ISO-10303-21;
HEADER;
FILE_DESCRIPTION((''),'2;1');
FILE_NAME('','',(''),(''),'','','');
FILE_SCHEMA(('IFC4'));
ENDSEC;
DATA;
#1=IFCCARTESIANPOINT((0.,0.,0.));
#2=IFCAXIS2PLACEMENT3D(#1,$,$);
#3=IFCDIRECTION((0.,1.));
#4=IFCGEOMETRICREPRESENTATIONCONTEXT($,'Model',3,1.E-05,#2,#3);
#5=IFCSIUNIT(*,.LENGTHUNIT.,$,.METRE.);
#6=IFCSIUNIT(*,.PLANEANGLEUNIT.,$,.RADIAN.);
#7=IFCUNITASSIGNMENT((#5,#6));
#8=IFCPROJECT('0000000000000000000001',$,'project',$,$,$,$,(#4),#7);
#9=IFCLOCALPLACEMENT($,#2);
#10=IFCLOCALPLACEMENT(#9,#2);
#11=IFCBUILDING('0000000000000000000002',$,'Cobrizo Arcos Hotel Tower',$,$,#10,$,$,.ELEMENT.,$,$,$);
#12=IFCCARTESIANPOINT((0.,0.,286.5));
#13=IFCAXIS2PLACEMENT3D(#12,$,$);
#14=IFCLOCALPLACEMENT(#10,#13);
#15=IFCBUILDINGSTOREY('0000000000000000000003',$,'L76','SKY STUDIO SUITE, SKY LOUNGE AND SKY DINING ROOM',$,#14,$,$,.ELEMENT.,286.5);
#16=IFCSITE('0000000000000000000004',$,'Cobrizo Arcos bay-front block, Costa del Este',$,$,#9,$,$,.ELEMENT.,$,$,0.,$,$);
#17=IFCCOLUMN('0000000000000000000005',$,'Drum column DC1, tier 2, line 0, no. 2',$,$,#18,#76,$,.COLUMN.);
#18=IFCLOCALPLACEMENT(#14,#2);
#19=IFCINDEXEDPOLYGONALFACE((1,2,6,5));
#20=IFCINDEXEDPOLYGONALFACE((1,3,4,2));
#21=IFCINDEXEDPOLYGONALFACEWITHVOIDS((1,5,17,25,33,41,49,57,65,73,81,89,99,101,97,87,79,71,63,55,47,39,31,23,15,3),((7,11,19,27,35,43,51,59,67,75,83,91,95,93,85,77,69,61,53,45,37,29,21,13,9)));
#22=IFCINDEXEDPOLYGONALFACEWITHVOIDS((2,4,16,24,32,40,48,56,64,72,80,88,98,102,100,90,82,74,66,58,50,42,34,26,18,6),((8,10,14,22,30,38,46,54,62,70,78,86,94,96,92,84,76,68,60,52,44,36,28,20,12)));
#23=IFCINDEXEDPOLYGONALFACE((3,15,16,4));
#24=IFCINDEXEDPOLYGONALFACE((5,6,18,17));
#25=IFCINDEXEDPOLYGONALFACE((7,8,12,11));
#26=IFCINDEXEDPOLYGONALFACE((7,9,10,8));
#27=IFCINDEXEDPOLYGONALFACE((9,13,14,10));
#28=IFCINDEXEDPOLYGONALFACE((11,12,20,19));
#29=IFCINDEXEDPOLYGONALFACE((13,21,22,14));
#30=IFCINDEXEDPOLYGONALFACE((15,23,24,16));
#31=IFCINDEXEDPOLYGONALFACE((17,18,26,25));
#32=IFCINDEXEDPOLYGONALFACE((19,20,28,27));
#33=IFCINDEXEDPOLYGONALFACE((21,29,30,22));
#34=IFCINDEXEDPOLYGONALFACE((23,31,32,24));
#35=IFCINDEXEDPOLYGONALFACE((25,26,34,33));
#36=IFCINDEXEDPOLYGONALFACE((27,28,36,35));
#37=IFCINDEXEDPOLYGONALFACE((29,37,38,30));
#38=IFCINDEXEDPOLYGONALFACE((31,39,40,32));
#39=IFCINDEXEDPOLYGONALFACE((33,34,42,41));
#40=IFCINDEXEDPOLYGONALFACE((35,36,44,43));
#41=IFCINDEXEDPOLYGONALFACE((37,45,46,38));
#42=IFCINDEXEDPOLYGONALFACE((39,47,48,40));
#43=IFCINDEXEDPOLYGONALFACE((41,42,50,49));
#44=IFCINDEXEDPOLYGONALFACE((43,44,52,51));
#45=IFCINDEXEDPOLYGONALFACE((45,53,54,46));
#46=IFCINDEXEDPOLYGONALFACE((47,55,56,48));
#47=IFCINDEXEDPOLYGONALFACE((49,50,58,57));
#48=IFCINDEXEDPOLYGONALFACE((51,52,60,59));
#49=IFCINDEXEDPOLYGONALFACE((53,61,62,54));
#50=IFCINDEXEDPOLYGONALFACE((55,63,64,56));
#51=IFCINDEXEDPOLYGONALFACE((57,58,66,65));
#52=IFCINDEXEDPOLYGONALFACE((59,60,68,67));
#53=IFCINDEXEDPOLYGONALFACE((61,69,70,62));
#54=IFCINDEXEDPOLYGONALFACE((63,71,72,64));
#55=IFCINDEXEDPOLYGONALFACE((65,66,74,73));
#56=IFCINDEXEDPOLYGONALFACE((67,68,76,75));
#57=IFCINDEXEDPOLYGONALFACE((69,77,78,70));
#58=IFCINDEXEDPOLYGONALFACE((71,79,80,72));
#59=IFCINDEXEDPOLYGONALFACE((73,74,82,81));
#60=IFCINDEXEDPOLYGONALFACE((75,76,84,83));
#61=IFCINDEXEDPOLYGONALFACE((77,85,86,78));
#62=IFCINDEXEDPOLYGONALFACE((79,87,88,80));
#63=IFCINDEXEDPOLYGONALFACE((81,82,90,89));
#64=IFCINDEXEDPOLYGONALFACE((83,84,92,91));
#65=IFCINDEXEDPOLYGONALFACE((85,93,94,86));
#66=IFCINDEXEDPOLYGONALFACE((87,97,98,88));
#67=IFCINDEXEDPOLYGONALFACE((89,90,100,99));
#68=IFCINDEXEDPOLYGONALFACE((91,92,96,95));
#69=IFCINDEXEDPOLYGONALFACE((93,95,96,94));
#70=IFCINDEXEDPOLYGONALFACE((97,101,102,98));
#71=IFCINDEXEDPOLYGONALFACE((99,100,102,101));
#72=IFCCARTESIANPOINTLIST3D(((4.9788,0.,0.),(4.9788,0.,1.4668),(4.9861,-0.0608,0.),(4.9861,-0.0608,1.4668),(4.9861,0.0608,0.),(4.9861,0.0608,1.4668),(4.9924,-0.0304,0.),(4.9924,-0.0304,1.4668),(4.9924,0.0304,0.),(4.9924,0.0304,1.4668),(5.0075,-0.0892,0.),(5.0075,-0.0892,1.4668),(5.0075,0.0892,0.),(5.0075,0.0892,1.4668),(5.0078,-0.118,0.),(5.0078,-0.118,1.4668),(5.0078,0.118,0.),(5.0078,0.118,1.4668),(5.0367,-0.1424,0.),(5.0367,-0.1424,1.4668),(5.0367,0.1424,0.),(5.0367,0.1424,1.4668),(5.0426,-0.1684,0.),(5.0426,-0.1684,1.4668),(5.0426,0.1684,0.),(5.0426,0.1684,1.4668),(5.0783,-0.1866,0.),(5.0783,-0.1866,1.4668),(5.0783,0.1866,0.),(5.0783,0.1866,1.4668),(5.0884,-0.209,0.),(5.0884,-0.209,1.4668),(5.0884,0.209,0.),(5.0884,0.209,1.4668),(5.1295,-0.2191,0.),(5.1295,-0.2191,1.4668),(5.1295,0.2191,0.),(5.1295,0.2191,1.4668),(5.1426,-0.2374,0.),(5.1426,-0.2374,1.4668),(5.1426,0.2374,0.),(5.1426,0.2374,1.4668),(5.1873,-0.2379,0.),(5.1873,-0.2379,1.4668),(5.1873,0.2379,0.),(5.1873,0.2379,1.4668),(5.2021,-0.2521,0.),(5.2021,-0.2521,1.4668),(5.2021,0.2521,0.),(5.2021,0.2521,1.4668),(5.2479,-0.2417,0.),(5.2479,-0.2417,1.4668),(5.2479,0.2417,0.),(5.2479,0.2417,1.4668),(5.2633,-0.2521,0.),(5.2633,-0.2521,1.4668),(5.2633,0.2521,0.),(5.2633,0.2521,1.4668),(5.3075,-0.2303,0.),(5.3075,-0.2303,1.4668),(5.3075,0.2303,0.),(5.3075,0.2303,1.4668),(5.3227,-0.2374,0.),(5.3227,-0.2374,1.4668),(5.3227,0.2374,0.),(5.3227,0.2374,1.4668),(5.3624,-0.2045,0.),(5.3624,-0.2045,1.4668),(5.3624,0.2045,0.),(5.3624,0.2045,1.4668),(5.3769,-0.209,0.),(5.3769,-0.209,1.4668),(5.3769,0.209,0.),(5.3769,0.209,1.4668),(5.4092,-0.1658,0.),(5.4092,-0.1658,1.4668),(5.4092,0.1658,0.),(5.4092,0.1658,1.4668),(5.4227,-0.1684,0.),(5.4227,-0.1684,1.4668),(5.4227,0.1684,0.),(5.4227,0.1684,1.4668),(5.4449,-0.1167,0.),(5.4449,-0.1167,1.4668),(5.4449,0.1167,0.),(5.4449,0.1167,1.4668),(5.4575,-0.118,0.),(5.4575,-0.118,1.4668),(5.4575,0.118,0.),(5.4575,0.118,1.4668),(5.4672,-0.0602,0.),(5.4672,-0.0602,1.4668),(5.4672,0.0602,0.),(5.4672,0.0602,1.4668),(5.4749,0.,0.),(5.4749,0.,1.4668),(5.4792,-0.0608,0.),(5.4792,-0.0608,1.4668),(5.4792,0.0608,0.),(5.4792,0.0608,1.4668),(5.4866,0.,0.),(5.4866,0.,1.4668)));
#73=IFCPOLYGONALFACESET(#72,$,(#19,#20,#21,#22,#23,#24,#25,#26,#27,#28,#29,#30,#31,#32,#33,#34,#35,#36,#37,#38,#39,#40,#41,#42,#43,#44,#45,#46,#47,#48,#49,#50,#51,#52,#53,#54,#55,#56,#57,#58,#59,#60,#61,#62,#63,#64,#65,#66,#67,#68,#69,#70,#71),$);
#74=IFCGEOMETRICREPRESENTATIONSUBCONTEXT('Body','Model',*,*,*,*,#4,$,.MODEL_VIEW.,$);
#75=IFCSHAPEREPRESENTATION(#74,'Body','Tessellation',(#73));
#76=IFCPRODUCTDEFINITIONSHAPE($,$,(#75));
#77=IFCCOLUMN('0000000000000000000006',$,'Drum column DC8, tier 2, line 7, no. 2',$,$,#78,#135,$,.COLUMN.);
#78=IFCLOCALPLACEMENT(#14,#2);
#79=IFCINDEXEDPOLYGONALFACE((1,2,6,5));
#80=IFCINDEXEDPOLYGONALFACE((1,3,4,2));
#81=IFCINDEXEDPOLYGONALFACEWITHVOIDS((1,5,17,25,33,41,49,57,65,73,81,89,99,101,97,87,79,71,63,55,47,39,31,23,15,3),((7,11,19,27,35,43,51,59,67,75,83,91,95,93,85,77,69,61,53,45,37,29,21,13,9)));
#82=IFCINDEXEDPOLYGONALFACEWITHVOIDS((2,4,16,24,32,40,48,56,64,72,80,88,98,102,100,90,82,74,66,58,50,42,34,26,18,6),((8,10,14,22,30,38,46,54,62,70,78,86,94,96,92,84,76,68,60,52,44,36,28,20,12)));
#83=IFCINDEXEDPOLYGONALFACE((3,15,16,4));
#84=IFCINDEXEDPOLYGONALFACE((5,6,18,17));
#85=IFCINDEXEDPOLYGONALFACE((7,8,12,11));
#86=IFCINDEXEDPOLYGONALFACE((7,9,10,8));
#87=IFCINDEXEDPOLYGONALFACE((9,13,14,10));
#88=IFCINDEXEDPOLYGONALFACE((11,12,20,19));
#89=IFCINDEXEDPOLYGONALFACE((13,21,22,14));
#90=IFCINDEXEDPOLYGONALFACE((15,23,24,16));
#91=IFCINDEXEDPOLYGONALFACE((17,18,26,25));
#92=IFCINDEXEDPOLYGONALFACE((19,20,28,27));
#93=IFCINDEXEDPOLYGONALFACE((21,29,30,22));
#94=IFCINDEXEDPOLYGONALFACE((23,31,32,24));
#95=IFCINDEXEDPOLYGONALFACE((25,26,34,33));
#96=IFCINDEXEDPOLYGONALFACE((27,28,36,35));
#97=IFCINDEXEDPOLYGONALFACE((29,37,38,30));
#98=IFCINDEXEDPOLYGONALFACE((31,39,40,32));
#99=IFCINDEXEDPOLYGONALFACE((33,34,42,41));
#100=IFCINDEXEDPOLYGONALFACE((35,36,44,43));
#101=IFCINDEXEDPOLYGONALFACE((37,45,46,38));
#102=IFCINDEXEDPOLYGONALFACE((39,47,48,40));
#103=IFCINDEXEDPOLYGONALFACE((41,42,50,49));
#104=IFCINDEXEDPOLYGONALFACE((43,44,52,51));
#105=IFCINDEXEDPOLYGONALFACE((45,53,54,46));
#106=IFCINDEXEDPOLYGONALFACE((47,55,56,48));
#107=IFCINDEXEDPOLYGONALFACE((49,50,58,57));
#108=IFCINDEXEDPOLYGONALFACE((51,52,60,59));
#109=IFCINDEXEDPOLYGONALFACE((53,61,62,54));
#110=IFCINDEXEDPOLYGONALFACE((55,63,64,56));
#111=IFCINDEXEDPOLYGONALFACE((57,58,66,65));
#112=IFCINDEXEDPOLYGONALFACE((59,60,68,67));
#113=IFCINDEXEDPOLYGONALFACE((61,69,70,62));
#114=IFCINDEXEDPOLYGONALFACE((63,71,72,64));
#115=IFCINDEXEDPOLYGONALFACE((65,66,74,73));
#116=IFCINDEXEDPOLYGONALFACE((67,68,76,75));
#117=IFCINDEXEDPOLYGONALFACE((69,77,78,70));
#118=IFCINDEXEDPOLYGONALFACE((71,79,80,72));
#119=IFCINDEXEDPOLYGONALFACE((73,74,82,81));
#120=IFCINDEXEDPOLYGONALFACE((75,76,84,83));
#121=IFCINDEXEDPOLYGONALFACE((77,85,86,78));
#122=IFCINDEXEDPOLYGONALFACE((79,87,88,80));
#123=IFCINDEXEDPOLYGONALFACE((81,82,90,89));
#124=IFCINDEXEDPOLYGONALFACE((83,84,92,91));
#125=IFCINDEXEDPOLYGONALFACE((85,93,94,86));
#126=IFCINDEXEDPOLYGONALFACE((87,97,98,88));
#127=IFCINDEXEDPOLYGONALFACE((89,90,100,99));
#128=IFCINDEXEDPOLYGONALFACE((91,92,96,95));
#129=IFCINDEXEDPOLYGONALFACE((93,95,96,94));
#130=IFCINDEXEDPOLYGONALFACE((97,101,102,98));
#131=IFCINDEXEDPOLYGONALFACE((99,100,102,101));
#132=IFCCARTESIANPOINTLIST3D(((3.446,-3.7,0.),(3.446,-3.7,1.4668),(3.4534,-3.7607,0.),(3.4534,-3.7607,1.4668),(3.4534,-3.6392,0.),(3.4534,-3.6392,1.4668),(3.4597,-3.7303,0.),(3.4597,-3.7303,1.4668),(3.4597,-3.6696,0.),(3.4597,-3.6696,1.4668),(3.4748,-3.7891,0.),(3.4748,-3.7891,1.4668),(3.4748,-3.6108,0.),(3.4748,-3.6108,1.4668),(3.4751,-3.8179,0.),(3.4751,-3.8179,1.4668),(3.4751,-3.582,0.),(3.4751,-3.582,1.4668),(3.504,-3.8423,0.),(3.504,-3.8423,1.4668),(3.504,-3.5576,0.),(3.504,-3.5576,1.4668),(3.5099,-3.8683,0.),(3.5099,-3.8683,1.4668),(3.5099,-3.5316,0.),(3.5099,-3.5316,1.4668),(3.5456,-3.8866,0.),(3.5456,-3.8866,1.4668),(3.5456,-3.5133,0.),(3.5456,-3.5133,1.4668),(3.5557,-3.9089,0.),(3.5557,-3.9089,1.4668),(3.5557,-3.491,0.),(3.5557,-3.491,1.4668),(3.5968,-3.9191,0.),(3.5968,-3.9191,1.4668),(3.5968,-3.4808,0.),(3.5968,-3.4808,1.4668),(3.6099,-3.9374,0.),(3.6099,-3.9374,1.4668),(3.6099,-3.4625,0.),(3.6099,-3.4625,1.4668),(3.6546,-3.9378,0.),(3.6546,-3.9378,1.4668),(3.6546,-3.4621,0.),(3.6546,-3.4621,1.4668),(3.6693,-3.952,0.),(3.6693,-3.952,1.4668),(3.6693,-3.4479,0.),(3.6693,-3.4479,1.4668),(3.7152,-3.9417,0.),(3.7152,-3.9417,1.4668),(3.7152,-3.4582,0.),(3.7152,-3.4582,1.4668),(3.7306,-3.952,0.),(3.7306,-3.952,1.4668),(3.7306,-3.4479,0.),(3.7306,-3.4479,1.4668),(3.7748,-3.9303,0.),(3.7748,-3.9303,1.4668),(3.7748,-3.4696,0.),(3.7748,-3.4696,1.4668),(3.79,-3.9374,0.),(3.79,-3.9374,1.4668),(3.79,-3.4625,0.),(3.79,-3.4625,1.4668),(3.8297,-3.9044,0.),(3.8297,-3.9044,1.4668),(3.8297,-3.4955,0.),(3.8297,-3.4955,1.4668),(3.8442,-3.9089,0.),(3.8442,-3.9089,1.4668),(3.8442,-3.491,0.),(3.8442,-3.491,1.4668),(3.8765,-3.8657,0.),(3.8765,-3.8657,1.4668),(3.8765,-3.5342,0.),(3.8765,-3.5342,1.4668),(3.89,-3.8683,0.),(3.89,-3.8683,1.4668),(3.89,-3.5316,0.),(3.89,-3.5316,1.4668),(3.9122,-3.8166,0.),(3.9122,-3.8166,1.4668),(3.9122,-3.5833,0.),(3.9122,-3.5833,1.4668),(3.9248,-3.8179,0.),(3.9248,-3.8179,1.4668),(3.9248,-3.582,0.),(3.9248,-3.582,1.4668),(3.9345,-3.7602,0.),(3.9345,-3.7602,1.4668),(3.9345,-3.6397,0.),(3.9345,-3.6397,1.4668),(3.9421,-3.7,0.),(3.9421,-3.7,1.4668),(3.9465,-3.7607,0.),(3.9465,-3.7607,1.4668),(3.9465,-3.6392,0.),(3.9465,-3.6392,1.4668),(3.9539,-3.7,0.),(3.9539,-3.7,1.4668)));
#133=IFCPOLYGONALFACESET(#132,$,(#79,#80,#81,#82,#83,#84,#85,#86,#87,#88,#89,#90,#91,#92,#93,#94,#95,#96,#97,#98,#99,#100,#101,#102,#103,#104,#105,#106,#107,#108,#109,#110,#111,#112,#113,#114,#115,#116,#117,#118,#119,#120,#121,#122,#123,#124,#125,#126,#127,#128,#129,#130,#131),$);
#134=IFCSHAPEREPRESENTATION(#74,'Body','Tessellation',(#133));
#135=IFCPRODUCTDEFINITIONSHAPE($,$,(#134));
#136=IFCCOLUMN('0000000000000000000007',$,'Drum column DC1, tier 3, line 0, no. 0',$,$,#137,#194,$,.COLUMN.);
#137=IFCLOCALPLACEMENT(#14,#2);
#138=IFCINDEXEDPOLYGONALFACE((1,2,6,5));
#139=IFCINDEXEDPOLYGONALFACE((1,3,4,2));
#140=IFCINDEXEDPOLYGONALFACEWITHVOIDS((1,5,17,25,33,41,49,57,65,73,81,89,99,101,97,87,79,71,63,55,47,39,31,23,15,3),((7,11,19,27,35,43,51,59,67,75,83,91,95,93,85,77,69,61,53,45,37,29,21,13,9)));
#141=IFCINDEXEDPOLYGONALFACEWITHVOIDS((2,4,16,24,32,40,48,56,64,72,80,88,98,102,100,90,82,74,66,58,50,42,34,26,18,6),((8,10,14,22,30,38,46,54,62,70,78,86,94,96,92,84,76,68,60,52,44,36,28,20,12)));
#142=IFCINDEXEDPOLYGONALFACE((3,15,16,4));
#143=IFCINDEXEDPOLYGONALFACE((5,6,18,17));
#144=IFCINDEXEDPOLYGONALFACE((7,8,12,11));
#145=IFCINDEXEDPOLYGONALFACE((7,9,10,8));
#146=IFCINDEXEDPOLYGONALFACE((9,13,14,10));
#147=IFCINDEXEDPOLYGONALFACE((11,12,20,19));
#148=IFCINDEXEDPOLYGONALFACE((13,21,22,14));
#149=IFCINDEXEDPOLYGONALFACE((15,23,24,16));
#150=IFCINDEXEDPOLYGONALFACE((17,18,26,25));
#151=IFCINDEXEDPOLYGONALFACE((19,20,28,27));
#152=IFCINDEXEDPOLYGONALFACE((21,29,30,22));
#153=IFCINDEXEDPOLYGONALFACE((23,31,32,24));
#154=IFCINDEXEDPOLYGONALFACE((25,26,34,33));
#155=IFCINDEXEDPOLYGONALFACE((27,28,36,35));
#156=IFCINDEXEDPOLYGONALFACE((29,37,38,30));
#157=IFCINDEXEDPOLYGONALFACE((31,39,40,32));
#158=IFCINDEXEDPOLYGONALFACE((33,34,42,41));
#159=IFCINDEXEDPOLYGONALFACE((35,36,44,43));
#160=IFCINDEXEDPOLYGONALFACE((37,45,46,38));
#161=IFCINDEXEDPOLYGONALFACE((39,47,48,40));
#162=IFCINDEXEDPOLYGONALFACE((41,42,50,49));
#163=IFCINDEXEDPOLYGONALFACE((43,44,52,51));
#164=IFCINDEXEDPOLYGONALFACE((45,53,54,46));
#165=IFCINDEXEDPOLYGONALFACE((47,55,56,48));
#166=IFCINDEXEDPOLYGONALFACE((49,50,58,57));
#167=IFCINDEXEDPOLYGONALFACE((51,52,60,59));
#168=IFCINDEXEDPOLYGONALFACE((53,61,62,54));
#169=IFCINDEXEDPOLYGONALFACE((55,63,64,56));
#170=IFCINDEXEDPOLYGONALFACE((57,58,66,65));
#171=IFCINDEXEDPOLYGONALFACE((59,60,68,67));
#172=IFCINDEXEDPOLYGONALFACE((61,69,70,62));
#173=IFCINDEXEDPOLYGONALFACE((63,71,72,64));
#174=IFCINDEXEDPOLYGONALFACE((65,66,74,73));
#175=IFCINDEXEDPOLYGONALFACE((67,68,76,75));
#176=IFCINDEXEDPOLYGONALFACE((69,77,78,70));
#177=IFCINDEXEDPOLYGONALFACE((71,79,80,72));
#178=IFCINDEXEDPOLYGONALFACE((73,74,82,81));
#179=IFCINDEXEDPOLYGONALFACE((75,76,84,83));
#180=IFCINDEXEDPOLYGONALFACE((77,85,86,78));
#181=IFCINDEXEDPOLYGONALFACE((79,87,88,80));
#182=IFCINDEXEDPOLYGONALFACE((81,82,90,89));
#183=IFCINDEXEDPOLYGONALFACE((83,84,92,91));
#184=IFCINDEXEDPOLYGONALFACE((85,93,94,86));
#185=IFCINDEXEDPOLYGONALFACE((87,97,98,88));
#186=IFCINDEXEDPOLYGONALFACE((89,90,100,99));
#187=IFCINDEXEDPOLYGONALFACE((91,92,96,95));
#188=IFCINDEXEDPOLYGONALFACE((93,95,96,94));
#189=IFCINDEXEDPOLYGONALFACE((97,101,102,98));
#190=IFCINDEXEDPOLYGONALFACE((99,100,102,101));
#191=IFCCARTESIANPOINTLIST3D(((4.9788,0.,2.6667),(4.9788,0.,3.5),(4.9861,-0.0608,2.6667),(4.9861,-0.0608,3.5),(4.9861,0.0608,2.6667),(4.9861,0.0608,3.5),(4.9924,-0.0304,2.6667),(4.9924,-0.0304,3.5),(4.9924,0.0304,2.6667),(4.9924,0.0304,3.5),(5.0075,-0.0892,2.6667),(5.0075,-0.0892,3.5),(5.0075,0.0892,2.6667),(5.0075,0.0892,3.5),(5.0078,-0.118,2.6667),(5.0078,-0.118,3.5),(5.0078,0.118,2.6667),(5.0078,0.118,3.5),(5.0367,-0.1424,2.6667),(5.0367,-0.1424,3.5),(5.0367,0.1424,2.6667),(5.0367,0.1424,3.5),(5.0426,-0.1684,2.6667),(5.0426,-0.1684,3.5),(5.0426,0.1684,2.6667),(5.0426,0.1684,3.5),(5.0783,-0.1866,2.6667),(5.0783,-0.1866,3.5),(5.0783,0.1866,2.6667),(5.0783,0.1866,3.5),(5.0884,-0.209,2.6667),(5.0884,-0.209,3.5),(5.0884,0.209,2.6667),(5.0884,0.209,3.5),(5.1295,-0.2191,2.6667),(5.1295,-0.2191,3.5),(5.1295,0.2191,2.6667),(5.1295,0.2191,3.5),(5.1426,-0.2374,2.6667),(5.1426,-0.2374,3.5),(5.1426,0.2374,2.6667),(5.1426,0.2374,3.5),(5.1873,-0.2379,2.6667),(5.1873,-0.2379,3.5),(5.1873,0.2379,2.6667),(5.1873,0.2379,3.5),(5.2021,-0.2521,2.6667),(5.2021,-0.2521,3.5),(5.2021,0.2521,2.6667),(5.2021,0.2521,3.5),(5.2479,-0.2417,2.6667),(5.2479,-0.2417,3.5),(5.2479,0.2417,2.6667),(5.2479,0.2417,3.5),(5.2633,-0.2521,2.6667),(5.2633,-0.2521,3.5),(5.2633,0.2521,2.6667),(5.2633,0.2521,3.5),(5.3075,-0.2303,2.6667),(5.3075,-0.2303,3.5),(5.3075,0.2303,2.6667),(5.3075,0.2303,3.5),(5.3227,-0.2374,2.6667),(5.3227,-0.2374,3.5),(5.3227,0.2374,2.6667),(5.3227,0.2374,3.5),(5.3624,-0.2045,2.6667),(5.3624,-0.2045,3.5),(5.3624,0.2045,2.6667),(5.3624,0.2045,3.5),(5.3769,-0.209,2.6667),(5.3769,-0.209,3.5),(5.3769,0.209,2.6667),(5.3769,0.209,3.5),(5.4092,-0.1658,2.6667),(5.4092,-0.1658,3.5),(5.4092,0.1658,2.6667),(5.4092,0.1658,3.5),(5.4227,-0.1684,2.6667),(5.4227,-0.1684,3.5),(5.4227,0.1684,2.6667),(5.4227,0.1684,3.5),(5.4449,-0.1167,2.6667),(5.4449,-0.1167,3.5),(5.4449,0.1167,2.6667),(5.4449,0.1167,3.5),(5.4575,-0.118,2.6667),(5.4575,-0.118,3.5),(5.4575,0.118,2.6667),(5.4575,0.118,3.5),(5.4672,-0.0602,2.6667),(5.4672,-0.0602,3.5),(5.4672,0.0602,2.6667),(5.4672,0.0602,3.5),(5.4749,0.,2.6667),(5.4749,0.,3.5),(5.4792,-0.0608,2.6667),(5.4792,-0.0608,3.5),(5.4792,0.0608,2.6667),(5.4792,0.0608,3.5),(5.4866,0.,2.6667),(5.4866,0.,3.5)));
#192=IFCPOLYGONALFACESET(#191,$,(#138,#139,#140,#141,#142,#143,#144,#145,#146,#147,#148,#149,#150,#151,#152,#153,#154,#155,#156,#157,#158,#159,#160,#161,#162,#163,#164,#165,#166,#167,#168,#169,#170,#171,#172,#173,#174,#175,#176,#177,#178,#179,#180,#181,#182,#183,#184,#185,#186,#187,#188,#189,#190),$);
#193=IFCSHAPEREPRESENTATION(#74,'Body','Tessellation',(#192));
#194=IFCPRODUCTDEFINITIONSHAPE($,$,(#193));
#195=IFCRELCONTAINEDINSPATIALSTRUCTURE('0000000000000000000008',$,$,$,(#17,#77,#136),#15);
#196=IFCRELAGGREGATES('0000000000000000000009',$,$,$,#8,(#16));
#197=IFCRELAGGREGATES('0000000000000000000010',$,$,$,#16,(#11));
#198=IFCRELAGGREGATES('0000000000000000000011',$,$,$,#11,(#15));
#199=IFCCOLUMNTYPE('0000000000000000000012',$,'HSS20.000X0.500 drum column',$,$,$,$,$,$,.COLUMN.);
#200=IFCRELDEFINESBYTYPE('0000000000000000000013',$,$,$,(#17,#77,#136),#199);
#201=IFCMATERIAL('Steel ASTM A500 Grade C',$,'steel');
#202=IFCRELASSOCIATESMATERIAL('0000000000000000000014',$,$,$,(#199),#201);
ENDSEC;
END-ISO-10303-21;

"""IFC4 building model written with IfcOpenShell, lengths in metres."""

from ifc_helpers import new_model, si_unit, direction, frame, origin, origin_2d, place, context, subcontext, project, spatial, hollow_circle, extrude, material, material_profile, profile_set, type_object, element, save


model = new_model("IFC4")

# Units and contexts
model_context = context("Model", 3, precision=1e-05, world=origin(), true_north=direction((0.0, 1.0)))
body_context = subcontext(model_context, "Body", "Model", "MODEL_VIEW")
ifc_project = project(units=[si_unit("LENGTHUNIT", "METRE"), si_unit("PLANEANGLEUNIT", "RADIAN")], contexts=[model_context])

# Site, building, storey
site_placement = place(None, origin())
site = spatial("IfcSite", under=ifc_project, at=site_placement, Name="Cobrizo Arcos bay-front block, Costa del Este", CompositionType="ELEMENT", RefElevation=0.0)
building_placement = place(site_placement, origin())
building = spatial("IfcBuilding", under=site, at=building_placement, Name="Cobrizo Arcos Hotel Tower", CompositionType="ELEMENT")
storey_placement = place(building_placement, frame((0.0, 0.0, 286.5)))
storey = spatial("IfcBuildingStorey", under=building, at=storey_placement, Name="L76", Description="SKY STUDIO SUITE, SKY LOUNGE AND SKY DINING ROOM", CompositionType="ELEMENT", Elevation=286.5)

# Columns
ifc_material_1 = material(Name="Steel ASTM A500 Grade C", Category="steel")
ifc_material_profile_1 = material_profile(ifc_material_1, hollow_circle(Radius=0.2539, WallThickness=0.0117, at=origin_2d()), Name="HSS20.000X0.500")
ifc_profile_set_1 = profile_set([ifc_material_profile_1], Name="Steel ASTM A500 Grade C")
column_type = type_object("IfcColumnType", Name="HSS20.000X0.500 drum column", PredefinedType="COLUMN", material=ifc_profile_set_1)
for number, where, z_axis, x_axis, name in (
    (1, (5.2327, 0.0, 0.0), (0.0, 0.0, 1.0), (1.0, 0.0, 0.0), "Drum column DC1, tier 2, line 0, no. 2"),
    (2, (3.7, -3.7, 0.0), (0.0, 0.0, 1.0), (1.0, 0.0, 0.0), "Drum column DC8, tier 2, line 7, no. 2"),
):
    element("IfcColumn", number, at=place(storey_placement, frame(where, z_axis=z_axis, x_axis=x_axis)), inside=storey, type_object=column_type, Name=name, PredefinedType="COLUMN", context=body_context, shape_type="SweptSolid", body=[
        extrude(hollow_circle(Radius=0.2539, WallThickness=0.0117, at=origin_2d()), origin(), (0.0, 0.0, 1.0), 1.4668),
    ])
for number, where, z_axis, x_axis, name in (
    (3, (5.2327, 0.0, 2.6667), (0.0, 0.0, 1.0), (1.0, 0.0, 0.0), "Drum column DC1, tier 3, line 0, no. 0"),
):
    element("IfcColumn", number, at=place(storey_placement, frame(where, z_axis=z_axis, x_axis=x_axis)), inside=storey, type_object=column_type, Name=name, PredefinedType="COLUMN", context=body_context, shape_type="SweptSolid", body=[
        extrude(hollow_circle(Radius=0.2539, WallThickness=0.0117, at=origin_2d()), origin(), (0.0, 0.0, 1.0), 0.8333),
    ])

save(model, "model.ifc")
